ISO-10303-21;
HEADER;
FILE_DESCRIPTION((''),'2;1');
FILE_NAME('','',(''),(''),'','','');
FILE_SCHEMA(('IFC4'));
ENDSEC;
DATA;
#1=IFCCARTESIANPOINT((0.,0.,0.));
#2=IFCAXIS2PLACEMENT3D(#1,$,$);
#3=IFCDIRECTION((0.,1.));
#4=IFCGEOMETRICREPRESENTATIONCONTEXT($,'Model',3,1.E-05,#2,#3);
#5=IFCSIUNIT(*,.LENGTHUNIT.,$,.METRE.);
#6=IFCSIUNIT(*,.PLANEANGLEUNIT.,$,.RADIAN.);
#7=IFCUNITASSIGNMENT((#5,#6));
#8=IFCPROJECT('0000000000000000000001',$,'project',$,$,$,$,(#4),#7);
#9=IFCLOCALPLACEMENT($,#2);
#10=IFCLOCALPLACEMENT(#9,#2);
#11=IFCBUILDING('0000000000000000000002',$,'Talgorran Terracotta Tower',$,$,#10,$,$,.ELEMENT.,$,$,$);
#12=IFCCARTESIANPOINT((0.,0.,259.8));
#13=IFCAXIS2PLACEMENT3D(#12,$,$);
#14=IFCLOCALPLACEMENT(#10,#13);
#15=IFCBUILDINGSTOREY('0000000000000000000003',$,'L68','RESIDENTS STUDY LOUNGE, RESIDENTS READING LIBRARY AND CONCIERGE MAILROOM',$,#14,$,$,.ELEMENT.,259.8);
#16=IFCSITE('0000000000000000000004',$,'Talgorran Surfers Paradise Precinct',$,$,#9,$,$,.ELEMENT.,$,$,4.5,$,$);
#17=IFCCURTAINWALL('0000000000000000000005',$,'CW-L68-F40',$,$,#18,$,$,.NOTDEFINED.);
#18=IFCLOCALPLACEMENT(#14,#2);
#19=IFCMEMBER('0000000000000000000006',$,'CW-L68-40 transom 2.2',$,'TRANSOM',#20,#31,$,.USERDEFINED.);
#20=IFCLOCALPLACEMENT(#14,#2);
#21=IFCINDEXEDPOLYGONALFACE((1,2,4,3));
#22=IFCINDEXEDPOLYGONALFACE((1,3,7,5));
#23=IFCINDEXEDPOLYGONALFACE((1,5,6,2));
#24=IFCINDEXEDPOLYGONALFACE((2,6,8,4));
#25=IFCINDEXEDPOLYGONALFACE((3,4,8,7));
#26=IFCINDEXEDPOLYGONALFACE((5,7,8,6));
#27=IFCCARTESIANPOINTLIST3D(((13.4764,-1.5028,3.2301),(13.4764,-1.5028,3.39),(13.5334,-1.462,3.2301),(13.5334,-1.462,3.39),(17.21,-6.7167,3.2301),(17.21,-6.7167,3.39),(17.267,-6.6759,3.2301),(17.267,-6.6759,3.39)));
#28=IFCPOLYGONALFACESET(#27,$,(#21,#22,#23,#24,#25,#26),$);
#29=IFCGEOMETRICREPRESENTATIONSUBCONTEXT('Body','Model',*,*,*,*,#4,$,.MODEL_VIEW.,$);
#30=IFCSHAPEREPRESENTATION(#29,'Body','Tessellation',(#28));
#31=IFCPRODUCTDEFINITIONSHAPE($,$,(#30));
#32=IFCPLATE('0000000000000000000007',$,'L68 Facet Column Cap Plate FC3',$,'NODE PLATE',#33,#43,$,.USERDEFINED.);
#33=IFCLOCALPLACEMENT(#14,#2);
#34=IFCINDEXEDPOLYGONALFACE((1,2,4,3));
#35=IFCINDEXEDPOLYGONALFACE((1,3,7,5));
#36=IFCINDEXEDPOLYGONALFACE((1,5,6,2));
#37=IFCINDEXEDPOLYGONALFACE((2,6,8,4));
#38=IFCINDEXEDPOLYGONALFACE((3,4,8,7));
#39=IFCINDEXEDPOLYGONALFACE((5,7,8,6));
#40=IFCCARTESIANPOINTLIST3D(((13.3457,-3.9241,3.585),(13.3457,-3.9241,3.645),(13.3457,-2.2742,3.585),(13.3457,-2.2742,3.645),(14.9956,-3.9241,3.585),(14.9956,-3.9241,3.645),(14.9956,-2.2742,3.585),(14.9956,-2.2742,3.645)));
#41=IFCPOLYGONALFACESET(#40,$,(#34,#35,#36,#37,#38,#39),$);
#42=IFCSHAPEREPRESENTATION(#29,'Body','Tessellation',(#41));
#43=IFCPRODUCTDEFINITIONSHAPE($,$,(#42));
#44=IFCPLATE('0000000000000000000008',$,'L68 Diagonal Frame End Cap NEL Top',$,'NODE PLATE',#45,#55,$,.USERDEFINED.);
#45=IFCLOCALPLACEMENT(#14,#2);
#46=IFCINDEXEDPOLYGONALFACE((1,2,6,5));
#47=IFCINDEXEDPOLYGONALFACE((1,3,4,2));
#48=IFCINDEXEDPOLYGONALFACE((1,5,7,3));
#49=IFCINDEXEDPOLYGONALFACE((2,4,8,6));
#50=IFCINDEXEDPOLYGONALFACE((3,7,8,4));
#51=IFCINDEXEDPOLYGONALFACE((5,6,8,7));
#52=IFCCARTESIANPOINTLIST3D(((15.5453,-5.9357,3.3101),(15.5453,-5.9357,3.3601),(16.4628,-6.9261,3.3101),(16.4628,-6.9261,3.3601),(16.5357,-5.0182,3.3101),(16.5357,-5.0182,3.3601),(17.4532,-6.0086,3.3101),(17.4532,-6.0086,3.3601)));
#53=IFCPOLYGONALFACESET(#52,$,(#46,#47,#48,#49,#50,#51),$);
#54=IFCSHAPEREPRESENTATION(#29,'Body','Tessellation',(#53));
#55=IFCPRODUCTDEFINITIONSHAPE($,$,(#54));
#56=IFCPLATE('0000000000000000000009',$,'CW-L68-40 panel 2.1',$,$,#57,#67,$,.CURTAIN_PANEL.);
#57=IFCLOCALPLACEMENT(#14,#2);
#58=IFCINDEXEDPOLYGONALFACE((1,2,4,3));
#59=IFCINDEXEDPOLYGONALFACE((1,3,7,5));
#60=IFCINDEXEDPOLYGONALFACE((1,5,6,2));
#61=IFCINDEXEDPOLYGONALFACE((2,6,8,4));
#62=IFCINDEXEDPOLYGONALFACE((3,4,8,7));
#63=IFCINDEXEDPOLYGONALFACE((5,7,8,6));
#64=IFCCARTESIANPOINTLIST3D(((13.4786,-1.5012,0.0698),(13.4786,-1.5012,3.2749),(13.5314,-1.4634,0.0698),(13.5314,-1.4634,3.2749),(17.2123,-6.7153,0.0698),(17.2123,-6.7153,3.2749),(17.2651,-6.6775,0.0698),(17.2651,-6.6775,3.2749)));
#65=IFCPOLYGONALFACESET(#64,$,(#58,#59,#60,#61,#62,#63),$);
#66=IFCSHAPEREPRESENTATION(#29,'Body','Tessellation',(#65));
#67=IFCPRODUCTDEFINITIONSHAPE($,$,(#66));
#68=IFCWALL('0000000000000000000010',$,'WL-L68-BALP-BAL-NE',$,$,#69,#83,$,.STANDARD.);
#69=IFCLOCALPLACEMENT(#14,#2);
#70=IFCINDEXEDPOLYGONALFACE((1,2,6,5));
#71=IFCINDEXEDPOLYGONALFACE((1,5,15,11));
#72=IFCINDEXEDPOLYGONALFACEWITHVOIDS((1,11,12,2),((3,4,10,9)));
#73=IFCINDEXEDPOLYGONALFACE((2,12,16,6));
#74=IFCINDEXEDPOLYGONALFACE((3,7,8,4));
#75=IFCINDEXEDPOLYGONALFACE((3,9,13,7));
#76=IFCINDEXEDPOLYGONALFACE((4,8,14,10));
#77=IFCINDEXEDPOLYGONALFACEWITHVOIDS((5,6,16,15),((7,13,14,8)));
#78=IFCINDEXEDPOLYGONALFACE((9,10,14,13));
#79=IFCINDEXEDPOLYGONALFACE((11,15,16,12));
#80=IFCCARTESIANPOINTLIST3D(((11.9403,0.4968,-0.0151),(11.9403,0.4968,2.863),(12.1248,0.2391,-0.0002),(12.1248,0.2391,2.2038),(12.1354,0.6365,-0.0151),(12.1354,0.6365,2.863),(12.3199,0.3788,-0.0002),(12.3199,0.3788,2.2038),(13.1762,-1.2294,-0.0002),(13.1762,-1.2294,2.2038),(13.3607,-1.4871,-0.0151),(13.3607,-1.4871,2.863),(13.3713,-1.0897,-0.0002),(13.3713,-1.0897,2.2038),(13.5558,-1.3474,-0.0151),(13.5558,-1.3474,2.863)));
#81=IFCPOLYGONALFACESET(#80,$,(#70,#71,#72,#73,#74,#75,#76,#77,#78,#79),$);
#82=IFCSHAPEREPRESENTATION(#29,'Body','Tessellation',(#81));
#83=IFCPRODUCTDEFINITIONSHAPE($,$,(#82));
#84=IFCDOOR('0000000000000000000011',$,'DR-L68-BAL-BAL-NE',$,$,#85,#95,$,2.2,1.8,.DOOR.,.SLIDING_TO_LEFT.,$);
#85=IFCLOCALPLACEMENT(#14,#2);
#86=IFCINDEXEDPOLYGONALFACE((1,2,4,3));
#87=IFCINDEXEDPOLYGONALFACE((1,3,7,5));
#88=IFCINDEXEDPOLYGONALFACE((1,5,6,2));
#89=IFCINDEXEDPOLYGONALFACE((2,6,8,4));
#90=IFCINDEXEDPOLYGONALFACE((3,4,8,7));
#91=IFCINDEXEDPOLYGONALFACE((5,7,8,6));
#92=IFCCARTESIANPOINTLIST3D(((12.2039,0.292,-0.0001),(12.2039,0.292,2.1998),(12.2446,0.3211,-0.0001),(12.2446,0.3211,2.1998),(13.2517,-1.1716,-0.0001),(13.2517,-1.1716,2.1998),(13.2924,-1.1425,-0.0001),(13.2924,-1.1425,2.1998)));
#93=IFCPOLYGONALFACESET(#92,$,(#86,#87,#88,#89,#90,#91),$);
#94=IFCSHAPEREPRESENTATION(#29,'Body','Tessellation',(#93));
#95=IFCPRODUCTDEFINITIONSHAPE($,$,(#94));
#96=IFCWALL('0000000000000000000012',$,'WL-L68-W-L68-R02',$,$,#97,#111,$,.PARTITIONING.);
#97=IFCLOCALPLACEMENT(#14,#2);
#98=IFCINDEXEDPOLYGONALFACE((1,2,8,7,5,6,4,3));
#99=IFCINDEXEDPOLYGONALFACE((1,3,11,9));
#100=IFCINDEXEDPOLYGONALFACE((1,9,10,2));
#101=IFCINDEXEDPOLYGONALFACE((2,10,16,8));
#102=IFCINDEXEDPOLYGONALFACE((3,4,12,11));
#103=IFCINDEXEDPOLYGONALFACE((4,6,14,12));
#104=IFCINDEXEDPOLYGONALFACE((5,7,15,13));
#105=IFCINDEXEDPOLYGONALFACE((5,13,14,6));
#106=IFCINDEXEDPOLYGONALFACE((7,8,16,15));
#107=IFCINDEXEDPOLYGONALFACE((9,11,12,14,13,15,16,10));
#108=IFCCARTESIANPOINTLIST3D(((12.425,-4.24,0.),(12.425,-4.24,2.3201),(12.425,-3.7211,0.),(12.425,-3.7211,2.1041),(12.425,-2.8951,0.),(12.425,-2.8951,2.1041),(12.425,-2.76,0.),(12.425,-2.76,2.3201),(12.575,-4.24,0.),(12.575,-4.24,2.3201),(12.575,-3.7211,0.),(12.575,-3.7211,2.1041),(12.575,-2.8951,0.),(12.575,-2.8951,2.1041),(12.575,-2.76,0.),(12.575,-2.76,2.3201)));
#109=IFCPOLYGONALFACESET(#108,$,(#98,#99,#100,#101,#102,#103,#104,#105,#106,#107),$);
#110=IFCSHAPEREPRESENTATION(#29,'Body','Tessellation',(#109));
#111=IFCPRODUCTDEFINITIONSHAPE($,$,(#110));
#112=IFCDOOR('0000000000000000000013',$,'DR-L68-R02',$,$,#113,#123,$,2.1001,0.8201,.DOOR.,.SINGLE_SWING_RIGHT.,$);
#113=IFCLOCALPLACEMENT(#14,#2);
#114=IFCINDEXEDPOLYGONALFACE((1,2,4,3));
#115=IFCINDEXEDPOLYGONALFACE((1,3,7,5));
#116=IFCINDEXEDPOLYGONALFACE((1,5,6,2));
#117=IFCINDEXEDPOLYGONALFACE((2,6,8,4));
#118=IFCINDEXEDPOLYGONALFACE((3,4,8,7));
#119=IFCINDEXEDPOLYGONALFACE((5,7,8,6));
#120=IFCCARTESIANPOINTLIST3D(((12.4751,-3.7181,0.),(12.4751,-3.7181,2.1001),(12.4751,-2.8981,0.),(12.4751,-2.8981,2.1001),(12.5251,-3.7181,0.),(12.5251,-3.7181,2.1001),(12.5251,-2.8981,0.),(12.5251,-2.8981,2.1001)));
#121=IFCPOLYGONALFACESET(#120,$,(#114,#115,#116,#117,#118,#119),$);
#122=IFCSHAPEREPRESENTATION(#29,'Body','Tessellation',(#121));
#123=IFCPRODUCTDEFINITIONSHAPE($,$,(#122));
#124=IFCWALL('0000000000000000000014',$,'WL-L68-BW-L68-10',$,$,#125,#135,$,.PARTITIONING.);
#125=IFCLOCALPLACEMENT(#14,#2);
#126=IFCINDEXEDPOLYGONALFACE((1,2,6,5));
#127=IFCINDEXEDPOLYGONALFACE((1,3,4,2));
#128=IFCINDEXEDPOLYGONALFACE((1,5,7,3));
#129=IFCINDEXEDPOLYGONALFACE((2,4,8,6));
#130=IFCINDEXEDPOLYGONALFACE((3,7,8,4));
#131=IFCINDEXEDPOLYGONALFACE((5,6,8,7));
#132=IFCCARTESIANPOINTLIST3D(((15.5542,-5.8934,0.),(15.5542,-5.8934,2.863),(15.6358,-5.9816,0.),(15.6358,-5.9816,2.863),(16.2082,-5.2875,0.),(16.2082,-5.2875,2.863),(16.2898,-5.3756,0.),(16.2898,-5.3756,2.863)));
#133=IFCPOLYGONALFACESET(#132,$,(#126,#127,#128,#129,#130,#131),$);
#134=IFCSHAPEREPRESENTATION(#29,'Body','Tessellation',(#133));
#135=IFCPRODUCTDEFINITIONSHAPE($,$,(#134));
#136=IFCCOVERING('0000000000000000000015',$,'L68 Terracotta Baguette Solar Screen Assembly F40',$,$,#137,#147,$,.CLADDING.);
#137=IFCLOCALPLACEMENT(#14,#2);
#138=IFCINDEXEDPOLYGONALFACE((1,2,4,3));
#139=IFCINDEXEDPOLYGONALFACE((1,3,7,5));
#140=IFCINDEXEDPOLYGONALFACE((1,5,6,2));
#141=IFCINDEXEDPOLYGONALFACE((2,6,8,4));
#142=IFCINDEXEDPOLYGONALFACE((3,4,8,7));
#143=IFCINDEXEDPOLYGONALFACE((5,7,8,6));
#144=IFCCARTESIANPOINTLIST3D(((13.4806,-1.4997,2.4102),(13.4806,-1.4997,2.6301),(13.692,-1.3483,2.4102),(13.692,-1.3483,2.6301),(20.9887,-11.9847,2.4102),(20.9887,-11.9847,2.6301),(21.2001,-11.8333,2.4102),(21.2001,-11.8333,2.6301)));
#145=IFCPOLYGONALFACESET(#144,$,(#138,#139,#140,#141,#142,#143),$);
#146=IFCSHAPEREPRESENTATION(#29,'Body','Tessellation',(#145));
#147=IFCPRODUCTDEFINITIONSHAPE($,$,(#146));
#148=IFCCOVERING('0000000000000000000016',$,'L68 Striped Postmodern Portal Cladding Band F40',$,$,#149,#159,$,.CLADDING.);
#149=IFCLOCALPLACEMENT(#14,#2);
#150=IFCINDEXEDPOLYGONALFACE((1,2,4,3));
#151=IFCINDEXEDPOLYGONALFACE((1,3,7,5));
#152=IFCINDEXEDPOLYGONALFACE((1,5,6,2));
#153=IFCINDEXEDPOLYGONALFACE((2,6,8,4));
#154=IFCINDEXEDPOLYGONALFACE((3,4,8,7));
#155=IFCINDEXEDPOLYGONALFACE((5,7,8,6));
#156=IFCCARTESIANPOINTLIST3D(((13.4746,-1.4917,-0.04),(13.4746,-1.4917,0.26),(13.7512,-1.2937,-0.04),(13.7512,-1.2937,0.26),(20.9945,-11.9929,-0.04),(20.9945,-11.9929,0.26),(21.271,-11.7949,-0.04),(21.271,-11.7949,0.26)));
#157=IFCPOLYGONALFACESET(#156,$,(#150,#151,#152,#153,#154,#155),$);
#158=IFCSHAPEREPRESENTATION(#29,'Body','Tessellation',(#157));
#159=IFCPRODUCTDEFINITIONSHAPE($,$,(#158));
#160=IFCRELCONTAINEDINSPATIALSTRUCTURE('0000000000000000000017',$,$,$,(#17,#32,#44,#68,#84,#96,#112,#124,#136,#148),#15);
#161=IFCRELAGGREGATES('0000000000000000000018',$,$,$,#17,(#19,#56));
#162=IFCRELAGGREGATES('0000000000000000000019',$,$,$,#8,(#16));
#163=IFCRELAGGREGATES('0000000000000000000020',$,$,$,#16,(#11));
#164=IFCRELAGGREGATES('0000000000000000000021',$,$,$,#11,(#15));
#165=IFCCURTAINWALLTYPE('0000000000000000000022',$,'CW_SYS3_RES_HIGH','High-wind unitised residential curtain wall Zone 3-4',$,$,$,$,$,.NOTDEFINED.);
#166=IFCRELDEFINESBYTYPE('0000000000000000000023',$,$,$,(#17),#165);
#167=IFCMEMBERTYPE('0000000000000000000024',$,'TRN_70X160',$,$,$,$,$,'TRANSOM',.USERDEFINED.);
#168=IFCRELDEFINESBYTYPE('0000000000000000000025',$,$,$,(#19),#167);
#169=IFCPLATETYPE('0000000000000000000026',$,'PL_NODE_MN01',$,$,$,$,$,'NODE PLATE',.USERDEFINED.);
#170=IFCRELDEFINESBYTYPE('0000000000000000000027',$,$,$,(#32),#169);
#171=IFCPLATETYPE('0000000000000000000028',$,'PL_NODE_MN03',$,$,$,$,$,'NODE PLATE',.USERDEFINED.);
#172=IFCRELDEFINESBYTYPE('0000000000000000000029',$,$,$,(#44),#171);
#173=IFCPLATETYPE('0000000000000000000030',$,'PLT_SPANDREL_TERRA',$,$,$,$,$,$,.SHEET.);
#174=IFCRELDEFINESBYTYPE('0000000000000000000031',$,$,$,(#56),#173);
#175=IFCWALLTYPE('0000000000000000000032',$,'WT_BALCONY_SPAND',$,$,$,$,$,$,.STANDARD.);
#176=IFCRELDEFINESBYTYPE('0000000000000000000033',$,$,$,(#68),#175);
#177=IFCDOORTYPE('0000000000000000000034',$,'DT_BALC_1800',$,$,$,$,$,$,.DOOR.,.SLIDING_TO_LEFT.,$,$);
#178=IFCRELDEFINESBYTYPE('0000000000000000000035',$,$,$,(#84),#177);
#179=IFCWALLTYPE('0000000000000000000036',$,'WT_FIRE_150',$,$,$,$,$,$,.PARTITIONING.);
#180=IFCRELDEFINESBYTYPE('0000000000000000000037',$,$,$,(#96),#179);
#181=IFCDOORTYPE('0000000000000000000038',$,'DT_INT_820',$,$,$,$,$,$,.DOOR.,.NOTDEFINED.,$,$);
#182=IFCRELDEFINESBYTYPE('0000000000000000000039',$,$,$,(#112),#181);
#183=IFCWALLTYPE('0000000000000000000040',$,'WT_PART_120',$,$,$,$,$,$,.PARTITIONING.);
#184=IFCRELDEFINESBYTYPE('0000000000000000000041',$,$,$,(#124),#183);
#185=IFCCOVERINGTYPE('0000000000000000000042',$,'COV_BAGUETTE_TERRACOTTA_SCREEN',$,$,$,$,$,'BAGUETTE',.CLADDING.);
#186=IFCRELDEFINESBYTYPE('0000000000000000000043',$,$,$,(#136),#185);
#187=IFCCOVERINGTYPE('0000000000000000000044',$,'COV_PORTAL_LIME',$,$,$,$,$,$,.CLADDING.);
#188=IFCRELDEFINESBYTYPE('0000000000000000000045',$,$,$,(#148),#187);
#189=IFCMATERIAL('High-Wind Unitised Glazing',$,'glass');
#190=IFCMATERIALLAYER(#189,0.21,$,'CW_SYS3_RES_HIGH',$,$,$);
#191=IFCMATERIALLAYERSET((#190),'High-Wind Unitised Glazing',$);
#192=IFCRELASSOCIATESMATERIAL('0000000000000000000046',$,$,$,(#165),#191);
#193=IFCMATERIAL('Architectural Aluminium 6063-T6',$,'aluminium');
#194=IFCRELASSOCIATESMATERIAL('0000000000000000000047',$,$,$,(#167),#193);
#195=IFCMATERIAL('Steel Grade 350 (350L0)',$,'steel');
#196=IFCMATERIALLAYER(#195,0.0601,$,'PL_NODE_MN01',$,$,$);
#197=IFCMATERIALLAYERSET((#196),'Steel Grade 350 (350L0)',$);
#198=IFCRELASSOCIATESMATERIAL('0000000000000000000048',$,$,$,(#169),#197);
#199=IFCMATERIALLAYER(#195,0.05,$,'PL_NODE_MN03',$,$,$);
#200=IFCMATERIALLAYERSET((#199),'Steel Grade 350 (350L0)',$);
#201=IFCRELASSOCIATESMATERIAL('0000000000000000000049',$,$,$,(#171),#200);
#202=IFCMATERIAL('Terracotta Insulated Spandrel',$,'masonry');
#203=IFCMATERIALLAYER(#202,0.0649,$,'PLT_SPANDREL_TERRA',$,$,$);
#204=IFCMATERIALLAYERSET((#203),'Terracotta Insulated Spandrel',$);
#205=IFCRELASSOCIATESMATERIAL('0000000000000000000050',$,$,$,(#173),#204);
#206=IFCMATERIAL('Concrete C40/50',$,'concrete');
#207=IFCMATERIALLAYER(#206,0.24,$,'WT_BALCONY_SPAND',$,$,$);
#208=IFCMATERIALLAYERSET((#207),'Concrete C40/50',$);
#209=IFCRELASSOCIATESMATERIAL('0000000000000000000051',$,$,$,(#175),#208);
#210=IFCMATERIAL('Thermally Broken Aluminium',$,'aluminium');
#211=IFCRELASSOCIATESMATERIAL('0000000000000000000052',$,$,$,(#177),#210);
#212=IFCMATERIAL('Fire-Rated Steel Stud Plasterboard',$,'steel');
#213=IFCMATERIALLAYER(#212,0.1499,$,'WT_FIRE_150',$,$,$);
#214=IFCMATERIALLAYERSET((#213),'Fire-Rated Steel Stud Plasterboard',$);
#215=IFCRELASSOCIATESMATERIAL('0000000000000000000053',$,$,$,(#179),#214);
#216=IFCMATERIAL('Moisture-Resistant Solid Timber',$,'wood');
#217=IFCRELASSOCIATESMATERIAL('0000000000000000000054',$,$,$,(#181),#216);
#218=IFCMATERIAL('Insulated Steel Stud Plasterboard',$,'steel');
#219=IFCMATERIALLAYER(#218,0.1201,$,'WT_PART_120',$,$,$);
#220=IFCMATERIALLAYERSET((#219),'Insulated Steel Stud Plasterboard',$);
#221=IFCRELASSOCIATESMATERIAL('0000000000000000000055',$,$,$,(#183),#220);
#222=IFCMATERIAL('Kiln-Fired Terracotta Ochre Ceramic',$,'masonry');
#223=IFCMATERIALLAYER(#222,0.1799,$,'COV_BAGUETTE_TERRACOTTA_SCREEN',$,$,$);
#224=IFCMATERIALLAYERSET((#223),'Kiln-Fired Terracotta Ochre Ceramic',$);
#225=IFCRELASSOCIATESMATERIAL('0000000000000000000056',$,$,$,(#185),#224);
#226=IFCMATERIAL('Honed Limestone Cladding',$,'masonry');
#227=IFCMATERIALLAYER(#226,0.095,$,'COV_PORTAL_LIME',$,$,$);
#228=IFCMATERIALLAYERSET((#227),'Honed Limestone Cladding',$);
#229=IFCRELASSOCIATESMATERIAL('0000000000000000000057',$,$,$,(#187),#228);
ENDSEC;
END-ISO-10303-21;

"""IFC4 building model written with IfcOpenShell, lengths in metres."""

from ifc_helpers import new_model, si_unit, direction, frame, frame_2d, origin, origin_2d, place, context, subcontext, project, spatial, rectangle, extrude, source, transform, mapped, material, layer, layer_set, material_profile, profile_set, type_object, type_shapes, element, fill, aggregate, save


model = new_model("IFC4")

# Units and contexts
model_context = context("Model", 3, precision=1e-05, world=origin(), true_north=direction((0.0, 1.0)))
body_context = subcontext(model_context, "Body", "Model", "MODEL_VIEW")
ifc_project = project(units=[si_unit("LENGTHUNIT", "METRE"), si_unit("PLANEANGLEUNIT", "RADIAN")], contexts=[model_context])

# Site, building, storey
site_placement = place(None, origin())
site = spatial("IfcSite", under=ifc_project, at=site_placement, Name="Talgorran Surfers Paradise Precinct", CompositionType="ELEMENT", RefElevation=4.5)
building_placement = place(site_placement, origin())
building = spatial("IfcBuilding", under=site, at=building_placement, Name="Talgorran Terracotta Tower", CompositionType="ELEMENT")
storey_placement = place(building_placement, frame((0.0, 0.0, 259.8)))
storey = spatial("IfcBuildingStorey", under=building, at=storey_placement, Name="L68", Description="RESIDENTS STUDY LOUNGE, RESIDENTS READING LIBRARY AND CONCIERGE MAILROOM", CompositionType="ELEMENT", Elevation=259.8)

# Shared definitions
ifc_material_1 = material(Name="Steel Grade 350 (350L0)", Category="steel")

# Curtain wall
ifc_material_2 = material(Name="High-Wind Unitised Glazing", Category="glass")
ifc_layer_1 = layer(ifc_material_2, 0.21, Name="CW_SYS3_RES_HIGH")
ifc_layer_set_1 = layer_set([ifc_layer_1], Name="High-Wind Unitised Glazing")
curtain_wall_type = type_object("IfcCurtainWallType", Name="CW_SYS3_RES_HIGH", Description="High-wind unitised residential curtain wall Zone 3-4", PredefinedType="NOTDEFINED", material=ifc_layer_set_1)
curtain_wall_1_placement = place(storey_placement, origin())
curtain_wall_1 = element("IfcCurtainWall", 1, at=curtain_wall_1_placement, inside=storey, type_object=curtain_wall_type, Name="CW-L68-F40", PredefinedType="NOTDEFINED")
ifc_material_3 = material(Name="Architectural Aluminium 6063-T6", Category="aluminium")

# Member
ifc_material_profile_1 = material_profile(ifc_material_3, rectangle(XDim=0.0701, YDim=0.1599, at=origin_2d()), Name="CWT70X160")
ifc_profile_set_1 = profile_set([ifc_material_profile_1], Name="Architectural Aluminium 6063-T6")
member_type_1 = type_object("IfcMemberType", Name="TRN_70X160", ElementType="TRANSOM", PredefinedType="USERDEFINED", material=ifc_profile_set_1)
member_1_placement = place(storey_placement, frame((17.2385, -6.6963, 3.3101), z_axis=(-0.582214, 0.813036, 0.0), x_axis=(-0.813036, -0.582214, 0.0)))
member_1 = element("IfcMember", 2, at=member_1_placement, type_object=member_type_1, Name="CW-L68-40 transom 2.2", ObjectType="TRANSOM", PredefinedType="USERDEFINED", context=body_context, shape_type="SweptSolid", body=[
    extrude(rectangle(XDim=0.0701, YDim=0.1599, at=origin_2d()), origin(), (0.0, 0.0, 1.0), 6.4128),
])

# Plates
ifc_layer_2 = layer(ifc_material_1, 0.0601, Name="PL_NODE_MN01")
ifc_layer_set_2 = layer_set([ifc_layer_2], Name="Steel Grade 350 (350L0)")
plate_type_1 = type_object("IfcPlateType", Name="PL_NODE_MN01", ElementType="NODE PLATE", PredefinedType="USERDEFINED", material=ifc_layer_set_2)
plate_1_placement = place(storey_placement, frame((14.1707, -3.0991, 3.585), z_axis=(0.0, 0.0, 1.0), x_axis=(1.0, 0.0, 0.0)))
element("IfcPlate", 3, at=plate_1_placement, inside=storey, type_object=plate_type_1, Name="L68 Facet Column Cap Plate FC3", ObjectType="NODE PLATE", PredefinedType="USERDEFINED", context=body_context, shape_type="SweptSolid", body=[
    extrude(rectangle(XDim=1.6499, YDim=1.6499, at=origin_2d()), origin(), (0.0, 0.0, 1.0), 0.0601),
])
ifc_layer_3 = layer(ifc_material_1, 0.05, Name="PL_NODE_MN03")
ifc_layer_set_3 = layer_set([ifc_layer_3], Name="Steel Grade 350 (350L0)")
plate_type_2 = type_object("IfcPlateType", Name="PL_NODE_MN03", ElementType="NODE PLATE", PredefinedType="USERDEFINED", material=ifc_layer_set_3)
plate_2_placement = place(storey_placement, frame((16.4993, -5.9722, 3.3101), z_axis=(0.0, 0.0, 1.0), x_axis=(-0.679569, 0.733611, 0.0)))
element("IfcPlate", 4, at=plate_2_placement, inside=storey, type_object=plate_type_2, Name="L68 Diagonal Frame End Cap NEL Top", ObjectType="NODE PLATE", PredefinedType="USERDEFINED", context=body_context, shape_type="SweptSolid", body=[
    extrude(rectangle(XDim=1.3501, YDim=1.3501, at=origin_2d()), origin(), (0.0, 0.0, 1.0), 0.05),
])

# Plate
ifc_material_4 = material(Name="Terracotta Insulated Spandrel", Category="masonry")
ifc_layer_4 = layer(ifc_material_4, 0.0649, Name="PLT_SPANDREL_TERRA")
ifc_layer_set_4 = layer_set([ifc_layer_4], Name="Terracotta Insulated Spandrel")
plate_type_3 = type_object("IfcPlateType", Name="PLT_SPANDREL_TERRA", PredefinedType="SHEET", material=ifc_layer_set_4)
shared_shape = source(origin(), body_context, "Body", "SweptSolid", [
    extrude(rectangle(XDim=6.4131, YDim=0.0649, at=origin_2d()), origin(), (0.0, 0.0, 1.0), 3.2051),
])
type_shapes(plate_type_3, [shared_shape])
plate_3_placement = place(storey_placement, frame((15.3718, -4.0894, 0.0698), z_axis=(0.0, 0.0, 1.0), x_axis=(-0.582204, 0.813042, 0.0)))
plate_3 = element("IfcPlate", 5, at=plate_3_placement, type_object=plate_type_3, Name="CW-L68-40 panel 2.1", PredefinedType="CURTAIN_PANEL", context=body_context, shape_type="MappedRepresentation", body=[
    mapped(shared_shape, transform((0.0, 0.0, 0.0), scale=1.0)),
])
aggregate(curtain_wall_1, [member_1, plate_3])

# Walls, openings, doors
ifc_material_5 = material(Name="Concrete C40/50", Category="concrete")
ifc_layer_5 = layer(ifc_material_5, 0.24, Name="WT_BALCONY_SPAND")
ifc_layer_set_5 = layer_set([ifc_layer_5], Name="Concrete C40/50")
wall_type_1 = type_object("IfcWallType", Name="WT_BALCONY_SPAND", PredefinedType="STANDARD", material=ifc_layer_set_5)
wall_1_placement = place(storey_placement, frame((13.4583, -1.4172, -0.0151), z_axis=(0.0, 0.0, 1.0), x_axis=(-0.582146, 0.813084, 0.0)))
wall_1 = element("IfcWall", 6, at=wall_1_placement, inside=storey, type_object=wall_type_1, Name="WL-L68-BALP-BAL-NE", PredefinedType="STANDARD", context=body_context, shape_type="SweptSolid", body=[
    extrude(rectangle(XDim=2.4399, YDim=0.24, at=frame_2d((1.22, 0.0))), origin(), (0.0, 0.0, 1.0), 2.8782),
])
opening_1_placement = place(wall_1_placement, frame((0.3201, 0.0, 0.0149)))
opening_1 = element("IfcOpeningElement", 7, at=opening_1_placement, cuts=wall_1, PredefinedType="OPENING", context=body_context, shape_type="SweptSolid", body=[
    extrude(rectangle(XDim=1.806, YDim=2.204, at=frame_2d((0.8999, 1.1021))), frame((0.0, 0.1299, 0.0), z_axis=(0.0, -1.0, 0.0), x_axis=(1.0, 0.0, 0.0)), (0.0, 0.0, 1.0), 0.26),
])
ifc_material_6 = material(Name="Thermally Broken Aluminium", Category="aluminium")
door_type_1 = type_object("IfcDoorType", Name="DT_BALC_1800", OperationType="SLIDING_TO_LEFT", PredefinedType="DOOR", material=ifc_material_6)
door_1_placement = place(opening_1_placement, origin())
door_1 = element("IfcDoor", 8, at=door_1_placement, inside=storey, type_object=door_type_1, Name="DR-L68-BAL-BAL-NE", OperationType="SLIDING_TO_LEFT", OverallHeight=2.2, OverallWidth=1.8, PredefinedType="DOOR", context=body_context, shape_type="SweptSolid", body=[
    extrude(rectangle(XDim=1.8, YDim=2.2, at=frame_2d((0.8999, 1.1001))), frame((0.0, 0.0249, 0.0), z_axis=(0.0, -1.0, 0.0), x_axis=(1.0, 0.0, 0.0)), (0.0, 0.0, 1.0), 0.05),
])
fill(opening_1, door_1)
ifc_material_7 = material(Name="Fire-Rated Steel Stud Plasterboard", Category="steel")
ifc_layer_6 = layer(ifc_material_7, 0.1499, Name="WT_FIRE_150")
ifc_layer_set_6 = layer_set([ifc_layer_6], Name="Fire-Rated Steel Stud Plasterboard")
wall_type_2 = type_object("IfcWallType", Name="WT_FIRE_150", PredefinedType="PARTITIONING", material=ifc_layer_set_6)
wall_2_placement = place(storey_placement, frame((12.5, -4.24, 0.0), z_axis=(0.0, 0.0, 1.0), x_axis=(0.0, 1.0, 0.0)))
wall_2 = element("IfcWall", 9, at=wall_2_placement, inside=storey, type_object=wall_type_2, Name="WL-L68-W-L68-R02", PredefinedType="PARTITIONING", context=body_context, shape_type="SweptSolid", body=[
    extrude(rectangle(XDim=1.48, YDim=0.1499, at=frame_2d((0.74, 0.0))), origin(), (0.0, 0.0, 1.0), 2.3201),
])
opening_2_placement = place(wall_2_placement, frame((0.5217, 0.0, 0.0)))
opening_2 = element("IfcOpeningElement", 10, at=opening_2_placement, cuts=wall_2, PredefinedType="OPENING", context=body_context, shape_type="SweptSolid", body=[
    extrude(rectangle(XDim=0.8261, YDim=2.1041, at=frame_2d((0.4102, 1.052))), frame((0.0, 0.085, 0.0), z_axis=(0.0, -1.0, 0.0), x_axis=(1.0, 0.0, 0.0)), (0.0, 0.0, 1.0), 0.1699),
])
ifc_material_8 = material(Name="Moisture-Resistant Solid Timber", Category="wood")
door_type_2 = type_object("IfcDoorType", Name="DT_INT_820", OperationType="NOTDEFINED", PredefinedType="DOOR", material=ifc_material_8)
door_2_placement = place(opening_2_placement, origin())
door_2 = element("IfcDoor", 11, at=door_2_placement, inside=storey, type_object=door_type_2, Name="DR-L68-R02", OperationType="SINGLE_SWING_RIGHT", OverallHeight=2.1001, OverallWidth=0.8201, PredefinedType="DOOR", context=body_context, shape_type="SweptSolid", body=[
    extrude(rectangle(XDim=0.8201, YDim=2.1001, at=frame_2d((0.4102, 1.05))), frame((0.0, 0.0249, 0.0), z_axis=(0.0, -1.0, 0.0), x_axis=(1.0, 0.0, 0.0)), (0.0, 0.0, 1.0), 0.05),
])
fill(opening_2, door_2)

# Wall
ifc_material_9 = material(Name="Insulated Steel Stud Plasterboard", Category="steel")
ifc_layer_7 = layer(ifc_material_9, 0.1201, Name="WT_PART_120")
ifc_layer_set_7 = layer_set([ifc_layer_7], Name="Insulated Steel Stud Plasterboard")
wall_type_3 = type_object("IfcWallType", Name="WT_PART_120", PredefinedType="PARTITIONING", material=ifc_layer_set_7)
wall_3_placement = place(storey_placement, frame((15.595, -5.9375, 0.0), z_axis=(0.0, 0.0, 1.0), x_axis=(0.733563, 0.679621, 0.0)))
element("IfcWall", 12, at=wall_3_placement, inside=storey, type_object=wall_type_3, Name="WL-L68-BW-L68-10", PredefinedType="PARTITIONING", context=body_context, shape_type="SweptSolid", body=[
    extrude(rectangle(XDim=0.8916, YDim=0.1201, at=frame_2d((0.4458, 0.0))), origin(), (0.0, 0.0, 1.0), 2.863),
])

# Coverings
ifc_material_10 = material(Name="Kiln-Fired Terracotta Ochre Ceramic", Category="masonry")
ifc_layer_8 = layer(ifc_material_10, 0.1799, Name="COV_BAGUETTE_TERRACOTTA_SCREEN")
ifc_layer_set_8 = layer_set([ifc_layer_8], Name="Kiln-Fired Terracotta Ochre Ceramic")
covering_type_1 = type_object("IfcCoveringType", Name="COV_BAGUETTE_TERRACOTTA_SCREEN", ElementType="BAGUETTE", PredefinedType="CLADDING", material=ifc_layer_set_8)
covering_1_placement = place(storey_placement, frame((17.3403, -6.6665, 2.4102), z_axis=(0.0, 0.0, 1.0), x_axis=(-0.582208, 0.81304, 0.0)))
element("IfcCovering", 13, at=covering_1_placement, inside=storey, type_object=covering_type_1, Name="L68 Terracotta Baguette Solar Screen Assembly F40", PredefinedType="CLADDING", context=body_context, shape_type="SweptSolid", body=[
    extrude(rectangle(XDim=12.896, YDim=0.26, at=origin_2d()), origin(), (0.0, 0.0, 1.0), 0.22),
])
ifc_material_11 = material(Name="Honed Limestone Cladding", Category="masonry")
ifc_layer_9 = layer(ifc_material_11, 0.095, Name="COV_PORTAL_LIME")
ifc_layer_set_9 = layer_set([ifc_layer_9], Name="Honed Limestone Cladding")
covering_type_2 = type_object("IfcCoveringType", Name="COV_PORTAL_LIME", PredefinedType="CLADDING", material=ifc_layer_set_9)
covering_2_placement = place(storey_placement, frame((17.3728, -6.6433, -0.04), z_axis=(0.0, 0.0, 1.0), x_axis=(-0.582208, 0.81304, 0.0)))
element("IfcCovering", 14, at=covering_2_placement, inside=storey, type_object=covering_type_2, Name="L68 Striped Postmodern Portal Cladding Band F40", PredefinedType="CLADDING", context=body_context, shape_type="SweptSolid", body=[
    extrude(rectangle(XDim=12.916, YDim=0.3401, at=origin_2d()), origin(), (0.0, 0.0, 1.0), 0.3),
])

save(model, "model.ifc")
